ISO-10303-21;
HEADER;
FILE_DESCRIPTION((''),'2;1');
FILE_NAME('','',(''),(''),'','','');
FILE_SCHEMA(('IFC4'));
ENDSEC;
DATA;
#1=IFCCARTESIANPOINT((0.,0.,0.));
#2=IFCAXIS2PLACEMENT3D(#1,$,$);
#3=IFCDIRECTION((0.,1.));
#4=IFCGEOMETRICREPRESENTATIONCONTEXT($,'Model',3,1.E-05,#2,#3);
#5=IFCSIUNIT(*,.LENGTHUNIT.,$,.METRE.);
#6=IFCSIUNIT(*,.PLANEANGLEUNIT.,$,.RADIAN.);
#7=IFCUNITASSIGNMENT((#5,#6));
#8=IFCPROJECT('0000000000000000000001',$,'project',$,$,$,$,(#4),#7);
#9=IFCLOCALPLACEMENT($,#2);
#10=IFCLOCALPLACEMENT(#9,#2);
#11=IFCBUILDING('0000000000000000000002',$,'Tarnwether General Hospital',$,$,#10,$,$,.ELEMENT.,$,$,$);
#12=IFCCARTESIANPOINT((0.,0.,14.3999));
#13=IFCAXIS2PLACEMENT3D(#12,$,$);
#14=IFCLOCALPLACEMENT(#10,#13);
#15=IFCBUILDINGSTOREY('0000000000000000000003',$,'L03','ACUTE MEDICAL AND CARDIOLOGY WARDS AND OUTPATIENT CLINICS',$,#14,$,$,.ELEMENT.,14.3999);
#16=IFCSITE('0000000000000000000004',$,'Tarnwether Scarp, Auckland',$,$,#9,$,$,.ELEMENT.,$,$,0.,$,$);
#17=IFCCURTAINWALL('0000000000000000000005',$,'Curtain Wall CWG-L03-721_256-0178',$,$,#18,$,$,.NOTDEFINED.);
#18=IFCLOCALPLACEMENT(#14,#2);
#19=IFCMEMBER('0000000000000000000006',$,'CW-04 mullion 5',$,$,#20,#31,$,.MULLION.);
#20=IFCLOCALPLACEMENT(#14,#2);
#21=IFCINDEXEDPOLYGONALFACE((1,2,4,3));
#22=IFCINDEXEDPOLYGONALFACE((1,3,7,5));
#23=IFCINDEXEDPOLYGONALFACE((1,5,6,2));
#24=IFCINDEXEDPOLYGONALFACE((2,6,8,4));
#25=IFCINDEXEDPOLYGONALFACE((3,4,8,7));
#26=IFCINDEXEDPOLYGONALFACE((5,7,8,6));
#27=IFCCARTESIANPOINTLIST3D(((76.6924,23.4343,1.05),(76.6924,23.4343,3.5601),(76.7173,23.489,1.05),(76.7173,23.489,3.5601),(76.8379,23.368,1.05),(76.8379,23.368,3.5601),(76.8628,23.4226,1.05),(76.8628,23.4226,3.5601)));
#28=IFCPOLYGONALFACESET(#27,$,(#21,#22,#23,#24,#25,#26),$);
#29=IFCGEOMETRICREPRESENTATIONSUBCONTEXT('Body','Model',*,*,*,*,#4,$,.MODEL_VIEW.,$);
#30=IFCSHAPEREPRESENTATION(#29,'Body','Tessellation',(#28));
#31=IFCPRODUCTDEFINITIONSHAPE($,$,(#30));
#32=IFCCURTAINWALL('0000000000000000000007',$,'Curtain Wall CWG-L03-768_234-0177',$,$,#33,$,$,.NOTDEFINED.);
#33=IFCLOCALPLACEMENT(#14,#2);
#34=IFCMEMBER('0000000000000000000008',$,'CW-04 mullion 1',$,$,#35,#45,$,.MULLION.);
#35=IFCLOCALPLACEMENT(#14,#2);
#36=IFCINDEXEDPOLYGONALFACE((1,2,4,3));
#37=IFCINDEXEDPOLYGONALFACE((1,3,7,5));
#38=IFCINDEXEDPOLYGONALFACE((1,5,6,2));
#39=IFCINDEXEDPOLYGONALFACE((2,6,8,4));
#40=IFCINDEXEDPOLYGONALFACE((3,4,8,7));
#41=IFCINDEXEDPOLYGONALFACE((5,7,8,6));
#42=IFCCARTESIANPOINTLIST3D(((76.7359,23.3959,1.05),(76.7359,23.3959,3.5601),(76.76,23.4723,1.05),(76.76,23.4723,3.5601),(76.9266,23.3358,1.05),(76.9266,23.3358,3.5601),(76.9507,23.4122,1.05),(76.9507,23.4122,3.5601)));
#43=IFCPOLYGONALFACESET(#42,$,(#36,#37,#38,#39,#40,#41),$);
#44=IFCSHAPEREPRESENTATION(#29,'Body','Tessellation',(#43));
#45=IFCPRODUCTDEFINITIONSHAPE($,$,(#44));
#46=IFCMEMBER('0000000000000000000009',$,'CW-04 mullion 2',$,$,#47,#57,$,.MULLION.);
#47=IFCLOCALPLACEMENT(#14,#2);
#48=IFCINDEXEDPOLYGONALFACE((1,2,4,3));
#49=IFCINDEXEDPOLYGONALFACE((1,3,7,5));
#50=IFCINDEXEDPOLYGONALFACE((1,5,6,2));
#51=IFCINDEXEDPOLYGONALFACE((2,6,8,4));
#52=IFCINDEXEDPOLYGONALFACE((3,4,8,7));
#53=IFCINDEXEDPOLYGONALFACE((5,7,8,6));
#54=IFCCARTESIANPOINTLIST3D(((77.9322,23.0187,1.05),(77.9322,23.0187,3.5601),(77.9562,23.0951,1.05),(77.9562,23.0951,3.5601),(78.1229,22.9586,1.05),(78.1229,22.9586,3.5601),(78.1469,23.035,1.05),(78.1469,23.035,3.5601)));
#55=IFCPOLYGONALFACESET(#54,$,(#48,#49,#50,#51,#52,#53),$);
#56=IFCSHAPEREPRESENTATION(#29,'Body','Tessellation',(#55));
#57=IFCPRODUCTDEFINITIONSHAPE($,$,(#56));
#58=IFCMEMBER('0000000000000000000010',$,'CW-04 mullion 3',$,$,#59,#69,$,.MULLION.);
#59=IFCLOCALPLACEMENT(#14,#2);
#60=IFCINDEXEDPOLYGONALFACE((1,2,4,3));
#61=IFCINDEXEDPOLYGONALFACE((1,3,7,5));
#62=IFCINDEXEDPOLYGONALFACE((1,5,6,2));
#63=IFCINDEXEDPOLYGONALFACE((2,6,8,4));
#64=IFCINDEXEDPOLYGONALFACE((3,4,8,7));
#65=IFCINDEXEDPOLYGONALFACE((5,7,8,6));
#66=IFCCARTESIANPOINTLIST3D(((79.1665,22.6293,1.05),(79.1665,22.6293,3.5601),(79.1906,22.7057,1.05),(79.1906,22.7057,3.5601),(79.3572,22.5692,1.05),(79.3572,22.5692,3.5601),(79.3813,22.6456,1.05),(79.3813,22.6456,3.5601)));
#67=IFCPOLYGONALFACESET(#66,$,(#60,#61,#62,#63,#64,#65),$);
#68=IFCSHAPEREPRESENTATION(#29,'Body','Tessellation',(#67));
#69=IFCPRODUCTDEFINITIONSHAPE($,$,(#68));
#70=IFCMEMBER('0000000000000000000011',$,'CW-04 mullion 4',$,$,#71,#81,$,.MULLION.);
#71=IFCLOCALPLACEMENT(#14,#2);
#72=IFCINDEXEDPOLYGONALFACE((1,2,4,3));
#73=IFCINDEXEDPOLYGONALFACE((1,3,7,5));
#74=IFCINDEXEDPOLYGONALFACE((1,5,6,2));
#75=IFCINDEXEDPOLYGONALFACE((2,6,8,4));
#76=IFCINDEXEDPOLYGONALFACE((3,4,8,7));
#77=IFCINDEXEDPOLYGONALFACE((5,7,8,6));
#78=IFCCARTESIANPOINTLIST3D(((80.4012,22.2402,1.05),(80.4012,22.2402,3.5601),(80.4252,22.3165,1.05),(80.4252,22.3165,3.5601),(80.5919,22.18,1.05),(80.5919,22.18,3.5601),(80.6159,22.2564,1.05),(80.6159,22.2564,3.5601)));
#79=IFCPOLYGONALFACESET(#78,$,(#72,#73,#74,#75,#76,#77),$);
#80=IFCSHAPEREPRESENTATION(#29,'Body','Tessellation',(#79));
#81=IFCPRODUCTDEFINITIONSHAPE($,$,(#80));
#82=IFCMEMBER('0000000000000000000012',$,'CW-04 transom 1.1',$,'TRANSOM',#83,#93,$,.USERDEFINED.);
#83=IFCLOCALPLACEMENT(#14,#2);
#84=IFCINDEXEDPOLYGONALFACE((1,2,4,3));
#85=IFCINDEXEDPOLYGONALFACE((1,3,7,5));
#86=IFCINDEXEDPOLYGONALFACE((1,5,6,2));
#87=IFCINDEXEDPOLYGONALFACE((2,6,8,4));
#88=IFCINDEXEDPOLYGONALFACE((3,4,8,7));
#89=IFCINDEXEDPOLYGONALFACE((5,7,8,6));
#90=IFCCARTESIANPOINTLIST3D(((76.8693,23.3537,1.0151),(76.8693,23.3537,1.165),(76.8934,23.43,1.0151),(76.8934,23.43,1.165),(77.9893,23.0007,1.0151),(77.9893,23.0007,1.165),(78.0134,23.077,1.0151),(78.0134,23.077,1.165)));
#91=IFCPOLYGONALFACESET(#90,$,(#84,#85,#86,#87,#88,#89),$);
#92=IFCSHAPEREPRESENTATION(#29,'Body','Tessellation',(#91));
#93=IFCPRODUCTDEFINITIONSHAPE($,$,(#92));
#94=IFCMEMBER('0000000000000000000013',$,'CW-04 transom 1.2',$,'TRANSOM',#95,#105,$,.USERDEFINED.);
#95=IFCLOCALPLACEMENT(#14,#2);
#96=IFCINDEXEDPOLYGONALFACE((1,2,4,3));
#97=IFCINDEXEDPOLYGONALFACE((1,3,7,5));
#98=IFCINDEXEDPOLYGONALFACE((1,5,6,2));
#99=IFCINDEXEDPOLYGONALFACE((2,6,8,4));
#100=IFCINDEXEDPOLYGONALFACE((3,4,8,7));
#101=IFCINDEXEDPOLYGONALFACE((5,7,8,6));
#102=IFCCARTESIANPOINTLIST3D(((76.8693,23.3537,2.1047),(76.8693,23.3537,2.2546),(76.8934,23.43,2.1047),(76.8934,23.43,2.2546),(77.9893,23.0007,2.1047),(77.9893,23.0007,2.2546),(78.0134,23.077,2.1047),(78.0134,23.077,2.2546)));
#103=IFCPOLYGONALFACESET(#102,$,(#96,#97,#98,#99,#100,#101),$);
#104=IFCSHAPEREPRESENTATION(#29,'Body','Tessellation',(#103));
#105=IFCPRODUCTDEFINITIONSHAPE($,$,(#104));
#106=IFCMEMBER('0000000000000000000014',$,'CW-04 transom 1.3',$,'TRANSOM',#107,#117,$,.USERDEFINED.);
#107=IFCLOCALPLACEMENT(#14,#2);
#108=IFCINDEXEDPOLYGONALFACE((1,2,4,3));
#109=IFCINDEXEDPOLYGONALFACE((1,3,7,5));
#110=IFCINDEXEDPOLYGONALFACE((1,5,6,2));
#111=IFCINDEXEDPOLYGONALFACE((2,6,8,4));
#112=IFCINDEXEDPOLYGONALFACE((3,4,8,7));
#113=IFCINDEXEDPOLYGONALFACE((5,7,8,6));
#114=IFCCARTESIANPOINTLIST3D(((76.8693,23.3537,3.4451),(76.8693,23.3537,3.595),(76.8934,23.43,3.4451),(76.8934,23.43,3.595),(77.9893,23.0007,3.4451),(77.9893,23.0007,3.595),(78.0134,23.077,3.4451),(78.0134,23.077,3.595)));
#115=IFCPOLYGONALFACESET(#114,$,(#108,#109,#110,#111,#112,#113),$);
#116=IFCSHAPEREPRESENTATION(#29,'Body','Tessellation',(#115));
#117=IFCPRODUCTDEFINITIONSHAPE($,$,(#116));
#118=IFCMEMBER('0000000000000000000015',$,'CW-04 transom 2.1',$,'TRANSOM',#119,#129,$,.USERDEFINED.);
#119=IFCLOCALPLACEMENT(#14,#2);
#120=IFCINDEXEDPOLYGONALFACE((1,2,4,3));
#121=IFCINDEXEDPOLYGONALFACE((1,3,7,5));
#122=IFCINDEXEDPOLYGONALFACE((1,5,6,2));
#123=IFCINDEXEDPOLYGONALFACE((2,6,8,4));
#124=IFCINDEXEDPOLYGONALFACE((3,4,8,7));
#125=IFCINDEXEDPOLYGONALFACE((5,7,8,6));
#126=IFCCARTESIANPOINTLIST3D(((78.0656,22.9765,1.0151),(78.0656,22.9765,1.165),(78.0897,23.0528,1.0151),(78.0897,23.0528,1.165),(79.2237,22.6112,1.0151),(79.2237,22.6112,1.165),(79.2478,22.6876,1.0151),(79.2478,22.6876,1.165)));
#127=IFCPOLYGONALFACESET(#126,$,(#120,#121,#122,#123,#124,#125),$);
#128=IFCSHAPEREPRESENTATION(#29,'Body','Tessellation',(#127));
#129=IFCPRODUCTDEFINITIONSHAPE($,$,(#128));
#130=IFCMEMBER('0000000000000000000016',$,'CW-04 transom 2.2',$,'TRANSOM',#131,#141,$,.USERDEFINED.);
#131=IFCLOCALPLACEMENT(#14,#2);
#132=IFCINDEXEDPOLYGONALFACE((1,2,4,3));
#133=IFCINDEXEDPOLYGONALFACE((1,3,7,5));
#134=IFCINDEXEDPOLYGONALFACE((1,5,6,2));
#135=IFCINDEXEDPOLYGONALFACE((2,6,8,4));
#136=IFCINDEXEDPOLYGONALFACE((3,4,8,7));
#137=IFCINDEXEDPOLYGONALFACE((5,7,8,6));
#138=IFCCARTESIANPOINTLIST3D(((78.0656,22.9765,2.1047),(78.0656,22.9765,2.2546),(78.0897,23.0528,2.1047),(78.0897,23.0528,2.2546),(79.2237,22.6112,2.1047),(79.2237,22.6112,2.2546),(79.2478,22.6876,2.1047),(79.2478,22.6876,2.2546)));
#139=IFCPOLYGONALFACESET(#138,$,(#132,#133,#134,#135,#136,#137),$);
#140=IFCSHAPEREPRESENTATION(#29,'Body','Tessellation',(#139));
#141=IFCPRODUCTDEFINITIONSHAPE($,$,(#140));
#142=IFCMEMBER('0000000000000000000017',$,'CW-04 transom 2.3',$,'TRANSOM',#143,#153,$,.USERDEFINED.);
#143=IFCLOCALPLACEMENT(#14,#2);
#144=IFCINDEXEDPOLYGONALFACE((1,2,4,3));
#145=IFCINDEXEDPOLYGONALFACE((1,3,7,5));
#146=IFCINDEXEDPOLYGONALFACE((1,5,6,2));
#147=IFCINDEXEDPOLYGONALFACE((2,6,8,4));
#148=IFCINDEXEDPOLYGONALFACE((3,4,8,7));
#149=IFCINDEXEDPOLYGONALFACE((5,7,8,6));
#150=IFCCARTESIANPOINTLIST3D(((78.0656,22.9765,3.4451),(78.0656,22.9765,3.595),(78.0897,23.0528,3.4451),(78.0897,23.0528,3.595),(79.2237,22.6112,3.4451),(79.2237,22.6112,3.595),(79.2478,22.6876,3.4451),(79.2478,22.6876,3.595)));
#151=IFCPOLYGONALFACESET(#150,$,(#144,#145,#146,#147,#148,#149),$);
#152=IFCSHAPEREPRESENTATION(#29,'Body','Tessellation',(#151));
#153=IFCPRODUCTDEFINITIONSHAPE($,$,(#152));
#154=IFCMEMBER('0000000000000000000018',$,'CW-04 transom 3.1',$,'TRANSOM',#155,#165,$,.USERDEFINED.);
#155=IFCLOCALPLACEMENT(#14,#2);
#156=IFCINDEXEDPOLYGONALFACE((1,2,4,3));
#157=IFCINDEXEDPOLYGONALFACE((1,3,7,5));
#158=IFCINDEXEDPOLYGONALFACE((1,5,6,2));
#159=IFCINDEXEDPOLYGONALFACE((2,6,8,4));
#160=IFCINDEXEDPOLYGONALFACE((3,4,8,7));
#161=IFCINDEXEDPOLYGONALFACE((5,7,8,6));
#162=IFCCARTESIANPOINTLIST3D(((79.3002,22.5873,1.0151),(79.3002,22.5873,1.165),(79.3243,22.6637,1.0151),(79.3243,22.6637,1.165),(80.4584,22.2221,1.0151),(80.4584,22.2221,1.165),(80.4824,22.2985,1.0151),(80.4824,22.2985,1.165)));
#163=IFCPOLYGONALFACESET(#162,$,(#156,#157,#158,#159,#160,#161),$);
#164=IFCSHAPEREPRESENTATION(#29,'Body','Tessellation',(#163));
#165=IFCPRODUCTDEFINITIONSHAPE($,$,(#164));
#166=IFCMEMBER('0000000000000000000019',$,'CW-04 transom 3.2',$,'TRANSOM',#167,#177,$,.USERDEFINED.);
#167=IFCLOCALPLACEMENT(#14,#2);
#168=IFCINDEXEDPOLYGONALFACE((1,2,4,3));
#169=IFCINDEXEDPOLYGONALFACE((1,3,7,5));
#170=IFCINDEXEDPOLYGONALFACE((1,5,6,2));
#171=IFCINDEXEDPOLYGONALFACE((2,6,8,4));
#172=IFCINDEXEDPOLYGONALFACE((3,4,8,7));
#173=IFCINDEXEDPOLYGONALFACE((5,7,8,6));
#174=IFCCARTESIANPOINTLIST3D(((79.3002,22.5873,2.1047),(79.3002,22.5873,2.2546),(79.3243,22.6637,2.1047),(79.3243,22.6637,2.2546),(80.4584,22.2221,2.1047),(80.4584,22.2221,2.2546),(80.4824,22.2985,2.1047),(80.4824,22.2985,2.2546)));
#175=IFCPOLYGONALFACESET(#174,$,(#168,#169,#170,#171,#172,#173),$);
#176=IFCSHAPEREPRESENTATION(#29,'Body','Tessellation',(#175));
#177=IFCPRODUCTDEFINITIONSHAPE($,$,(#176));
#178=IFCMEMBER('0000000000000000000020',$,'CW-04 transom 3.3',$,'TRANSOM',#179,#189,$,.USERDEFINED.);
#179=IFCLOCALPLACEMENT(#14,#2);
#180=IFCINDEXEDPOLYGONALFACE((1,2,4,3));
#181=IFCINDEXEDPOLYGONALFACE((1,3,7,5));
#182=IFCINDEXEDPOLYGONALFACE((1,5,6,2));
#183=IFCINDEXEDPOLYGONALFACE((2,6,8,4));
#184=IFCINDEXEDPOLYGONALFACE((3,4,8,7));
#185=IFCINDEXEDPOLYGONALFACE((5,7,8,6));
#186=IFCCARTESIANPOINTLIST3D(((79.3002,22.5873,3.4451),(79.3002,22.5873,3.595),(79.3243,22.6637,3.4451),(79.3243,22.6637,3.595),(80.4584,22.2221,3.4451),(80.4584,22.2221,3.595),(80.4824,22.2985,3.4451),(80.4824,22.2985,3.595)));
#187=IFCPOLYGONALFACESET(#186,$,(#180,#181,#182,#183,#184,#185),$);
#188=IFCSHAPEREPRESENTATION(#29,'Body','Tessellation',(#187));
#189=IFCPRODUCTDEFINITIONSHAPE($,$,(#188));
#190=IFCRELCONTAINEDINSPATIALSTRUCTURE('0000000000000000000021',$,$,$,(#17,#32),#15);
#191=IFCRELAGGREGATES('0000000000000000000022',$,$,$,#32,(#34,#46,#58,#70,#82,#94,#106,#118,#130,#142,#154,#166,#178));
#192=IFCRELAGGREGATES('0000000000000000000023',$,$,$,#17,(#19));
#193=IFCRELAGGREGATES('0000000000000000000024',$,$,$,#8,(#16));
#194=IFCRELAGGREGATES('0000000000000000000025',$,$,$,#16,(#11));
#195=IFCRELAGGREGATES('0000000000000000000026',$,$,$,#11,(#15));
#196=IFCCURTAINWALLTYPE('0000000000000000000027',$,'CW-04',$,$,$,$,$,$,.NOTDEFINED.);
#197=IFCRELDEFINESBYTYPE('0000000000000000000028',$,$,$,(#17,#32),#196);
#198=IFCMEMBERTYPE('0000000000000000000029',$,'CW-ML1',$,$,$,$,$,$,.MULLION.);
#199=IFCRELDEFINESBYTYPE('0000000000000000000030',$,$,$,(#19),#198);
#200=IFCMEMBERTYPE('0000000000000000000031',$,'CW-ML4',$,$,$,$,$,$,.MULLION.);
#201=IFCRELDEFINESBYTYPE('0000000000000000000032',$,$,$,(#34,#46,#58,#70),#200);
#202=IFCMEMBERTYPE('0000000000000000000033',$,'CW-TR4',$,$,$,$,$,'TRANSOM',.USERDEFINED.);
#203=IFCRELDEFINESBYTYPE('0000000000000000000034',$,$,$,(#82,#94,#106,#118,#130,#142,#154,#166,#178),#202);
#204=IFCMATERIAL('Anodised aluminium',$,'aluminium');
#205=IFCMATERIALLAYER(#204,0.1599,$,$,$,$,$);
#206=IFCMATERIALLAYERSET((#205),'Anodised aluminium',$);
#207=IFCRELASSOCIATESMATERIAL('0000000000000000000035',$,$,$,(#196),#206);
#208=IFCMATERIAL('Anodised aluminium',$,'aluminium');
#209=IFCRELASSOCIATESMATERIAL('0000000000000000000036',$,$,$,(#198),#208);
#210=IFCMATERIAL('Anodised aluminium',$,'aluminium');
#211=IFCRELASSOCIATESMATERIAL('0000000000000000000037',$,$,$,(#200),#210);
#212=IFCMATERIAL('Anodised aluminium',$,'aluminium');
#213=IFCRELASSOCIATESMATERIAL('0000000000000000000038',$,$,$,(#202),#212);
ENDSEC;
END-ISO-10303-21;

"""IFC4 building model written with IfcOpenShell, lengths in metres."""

from ifc_helpers import new_model, si_unit, direction, frame, origin, origin_2d, place, context, subcontext, project, spatial, rectangle, extrude, material, layer, layer_set, material_profile, profile_set, type_object, element, aggregate, save


model = new_model("IFC4")

# Units and contexts
model_context = context("Model", 3, precision=1e-05, world=origin(), true_north=direction((0.0, 1.0)))
body_context = subcontext(model_context, "Body", "Model", "MODEL_VIEW")
ifc_project = project(units=[si_unit("LENGTHUNIT", "METRE"), si_unit("PLANEANGLEUNIT", "RADIAN")], contexts=[model_context])

# Site, building, storey
site_placement = place(None, origin())
site = spatial("IfcSite", under=ifc_project, at=site_placement, Name="Tarnwether Scarp, Auckland", CompositionType="ELEMENT", RefElevation=0.0)
building_placement = place(site_placement, origin())
building = spatial("IfcBuilding", under=site, at=building_placement, Name="Tarnwether General Hospital", CompositionType="ELEMENT")
storey_placement = place(building_placement, frame((0.0, 0.0, 14.3999)))
storey = spatial("IfcBuildingStorey", under=building, at=storey_placement, Name="L03", Description="ACUTE MEDICAL AND CARDIOLOGY WARDS AND OUTPATIENT CLINICS", CompositionType="ELEMENT", Elevation=14.3999)

# Curtain wall, member
ifc_material_1 = material(Name="Anodised aluminium", Category="aluminium")
ifc_layer_1 = layer(ifc_material_1, 0.1599)
ifc_layer_set_1 = layer_set([ifc_layer_1], Name="Anodised aluminium")
curtain_wall_type = type_object("IfcCurtainWallType", Name="CW-04", PredefinedType="NOTDEFINED", material=ifc_layer_set_1)
curtain_wall_1_placement = place(storey_placement, origin())
curtain_wall_1 = element("IfcCurtainWall", 1, at=curtain_wall_1_placement, inside=storey, type_object=curtain_wall_type, Name="Curtain Wall CWG-L03-721_256-0178", PredefinedType="NOTDEFINED")
ifc_material_2 = material(Name="Anodised aluminium", Category="aluminium")
ifc_material_profile_1 = material_profile(ifc_material_2, rectangle(XDim=0.0601, YDim=0.1599, at=origin_2d()), Name="ALU-MUL-60x160")
ifc_profile_set_1 = profile_set([ifc_material_profile_1], Name="Anodised aluminium")
member_type_1 = type_object("IfcMemberType", Name="CW-ML1", PredefinedType="MULLION", material=ifc_profile_set_1)
member_1_placement = place(storey_placement, frame((76.7776, 23.4285, 1.05), z_axis=(0.0, 0.0, 1.0), x_axis=(0.414705, 0.909956, 0.0)))
member_1 = element("IfcMember", 2, at=member_1_placement, type_object=member_type_1, Name="CW-04 mullion 5", PredefinedType="MULLION", context=body_context, shape_type="SweptSolid", body=[
    extrude(rectangle(XDim=0.0601, YDim=0.1599, at=origin_2d()), origin(), (0.0, 0.0, 1.0), 2.51),
])

# Curtain wall, members
curtain_wall_2_placement = place(storey_placement, origin())
curtain_wall_2 = element("IfcCurtainWall", 3, at=curtain_wall_2_placement, inside=storey, type_object=curtain_wall_type, Name="Curtain Wall CWG-L03-768_234-0177", PredefinedType="NOTDEFINED")
ifc_material_3 = material(Name="Anodised aluminium", Category="aluminium")
ifc_material_profile_2 = material_profile(ifc_material_3, rectangle(XDim=0.0801, YDim=0.2, at=origin_2d()), Name="ALU-MUL-80x200")
ifc_profile_set_2 = profile_set([ifc_material_profile_2], Name="Anodised aluminium")
member_type_2 = type_object("IfcMemberType", Name="CW-ML4", PredefinedType="MULLION", material=ifc_profile_set_2)
member_2_placement = place(storey_placement, frame((76.8433, 23.4041, 1.05), z_axis=(0.0, 0.0, 1.0), x_axis=(0.300715, 0.953714, 0.0)))
member_2 = element("IfcMember", 4, at=member_2_placement, type_object=member_type_2, Name="CW-04 mullion 1", PredefinedType="MULLION", context=body_context, shape_type="SweptSolid", body=[
    extrude(rectangle(XDim=0.0801, YDim=0.2, at=origin_2d()), origin(), (0.0, 0.0, 1.0), 2.51),
])
member_3_placement = place(storey_placement, frame((78.0396, 23.0269, 1.05), z_axis=(0.0, 0.0, 1.0), x_axis=(0.300715, 0.953714, 0.0)))
member_3 = element("IfcMember", 5, at=member_3_placement, type_object=member_type_2, Name="CW-04 mullion 2", PredefinedType="MULLION", context=body_context, shape_type="SweptSolid", body=[
    extrude(rectangle(XDim=0.0801, YDim=0.2, at=origin_2d()), origin(), (0.0, 0.0, 1.0), 2.51),
])
member_4_placement = place(storey_placement, frame((79.2739, 22.6375, 1.05), z_axis=(0.0, 0.0, 1.0), x_axis=(0.300715, 0.953714, 0.0)))
member_4 = element("IfcMember", 6, at=member_4_placement, type_object=member_type_2, Name="CW-04 mullion 3", PredefinedType="MULLION", context=body_context, shape_type="SweptSolid", body=[
    extrude(rectangle(XDim=0.0801, YDim=0.2, at=origin_2d()), origin(), (0.0, 0.0, 1.0), 2.51),
])
member_5_placement = place(storey_placement, frame((80.5085, 22.2483, 1.05), z_axis=(0.0, 0.0, 1.0), x_axis=(0.300715, 0.953714, 0.0)))
member_5 = element("IfcMember", 7, at=member_5_placement, type_object=member_type_2, Name="CW-04 mullion 4", PredefinedType="MULLION", context=body_context, shape_type="SweptSolid", body=[
    extrude(rectangle(XDim=0.0801, YDim=0.2, at=origin_2d()), origin(), (0.0, 0.0, 1.0), 2.51),
])
ifc_material_4 = material(Name="Anodised aluminium", Category="aluminium")
ifc_material_profile_3 = material_profile(ifc_material_4, rectangle(XDim=0.0801, YDim=0.1499, at=origin_2d()), Name="ALU-TRN-80x150")
ifc_profile_set_3 = profile_set([ifc_material_profile_3], Name="Anodised aluminium")
member_type_3 = type_object("IfcMemberType", Name="CW-TR4", ElementType="TRANSOM", PredefinedType="USERDEFINED", material=ifc_profile_set_3)
member_6_placement = place(storey_placement, frame((76.8813, 23.3918, 1.0901), z_axis=(0.953752, -0.300594, 0.0), x_axis=(0.300594, 0.953752, 0.0)))
member_6 = element("IfcMember", 8, at=member_6_placement, type_object=member_type_3, Name="CW-04 transom 1.1", ObjectType="TRANSOM", PredefinedType="USERDEFINED", context=body_context, shape_type="SweptSolid", body=[
    extrude(rectangle(XDim=0.0801, YDim=0.1499, at=origin_2d()), origin(), (0.0, 0.0, 1.0), 1.1743),
])
member_7_placement = place(storey_placement, frame((76.8813, 23.3918, 2.1797), z_axis=(0.953752, -0.300594, 0.0), x_axis=(0.300594, 0.953752, 0.0)))
member_7 = element("IfcMember", 9, at=member_7_placement, type_object=member_type_3, Name="CW-04 transom 1.2", ObjectType="TRANSOM", PredefinedType="USERDEFINED", context=body_context, shape_type="SweptSolid", body=[
    extrude(rectangle(XDim=0.0801, YDim=0.1499, at=origin_2d()), origin(), (0.0, 0.0, 1.0), 1.1743),
])
member_8_placement = place(storey_placement, frame((76.8813, 23.3918, 3.52), z_axis=(0.953752, -0.300594, 0.0), x_axis=(0.300594, 0.953752, 0.0)))
member_8 = element("IfcMember", 10, at=member_8_placement, type_object=member_type_3, Name="CW-04 transom 1.3", ObjectType="TRANSOM", PredefinedType="USERDEFINED", context=body_context, shape_type="SweptSolid", body=[
    extrude(rectangle(XDim=0.0801, YDim=0.1499, at=origin_2d()), origin(), (0.0, 0.0, 1.0), 1.1743),
])
member_9_placement = place(storey_placement, frame((78.0776, 23.0146, 1.0901), z_axis=(0.953704, -0.300746, 0.0), x_axis=(0.300746, 0.953704, 0.0)))
member_9 = element("IfcMember", 11, at=member_9_placement, type_object=member_type_3, Name="CW-04 transom 2.1", ObjectType="TRANSOM", PredefinedType="USERDEFINED", context=body_context, shape_type="SweptSolid", body=[
    extrude(rectangle(XDim=0.0801, YDim=0.1499, at=origin_2d()), origin(), (0.0, 0.0, 1.0), 1.2144),
])
member_10_placement = place(storey_placement, frame((78.0776, 23.0146, 2.1797), z_axis=(0.953704, -0.300746, 0.0), x_axis=(0.300746, 0.953704, 0.0)))
member_10 = element("IfcMember", 12, at=member_10_placement, type_object=member_type_3, Name="CW-04 transom 2.2", ObjectType="TRANSOM", PredefinedType="USERDEFINED", context=body_context, shape_type="SweptSolid", body=[
    extrude(rectangle(XDim=0.0801, YDim=0.1499, at=origin_2d()), origin(), (0.0, 0.0, 1.0), 1.2144),
])
member_11_placement = place(storey_placement, frame((78.0776, 23.0146, 3.52), z_axis=(0.953704, -0.300746, 0.0), x_axis=(0.300746, 0.953704, 0.0)))
member_11 = element("IfcMember", 13, at=member_11_placement, type_object=member_type_3, Name="CW-04 transom 2.3", ObjectType="TRANSOM", PredefinedType="USERDEFINED", context=body_context, shape_type="SweptSolid", body=[
    extrude(rectangle(XDim=0.0801, YDim=0.1499, at=origin_2d()), origin(), (0.0, 0.0, 1.0), 1.2144),
])
member_12_placement = place(storey_placement, frame((79.3123, 22.6255, 1.0901), z_axis=(0.953704, -0.300746, 0.0), x_axis=(0.300746, 0.953704, 0.0)))
member_12 = element("IfcMember", 14, at=member_12_placement, type_object=member_type_3, Name="CW-04 transom 3.1", ObjectType="TRANSOM", PredefinedType="USERDEFINED", context=body_context, shape_type="SweptSolid", body=[
    extrude(rectangle(XDim=0.0801, YDim=0.1499, at=origin_2d()), origin(), (0.0, 0.0, 1.0), 1.2144),
])
member_13_placement = place(storey_placement, frame((79.3123, 22.6255, 2.1797), z_axis=(0.953704, -0.300746, 0.0), x_axis=(0.300746, 0.953704, 0.0)))
member_13 = element("IfcMember", 15, at=member_13_placement, type_object=member_type_3, Name="CW-04 transom 3.2", ObjectType="TRANSOM", PredefinedType="USERDEFINED", context=body_context, shape_type="SweptSolid", body=[
    extrude(rectangle(XDim=0.0801, YDim=0.1499, at=origin_2d()), origin(), (0.0, 0.0, 1.0), 1.2144),
])
member_14_placement = place(storey_placement, frame((79.3123, 22.6255, 3.52), z_axis=(0.953704, -0.300746, 0.0), x_axis=(0.300746, 0.953704, 0.0)))
member_14 = element("IfcMember", 16, at=member_14_placement, type_object=member_type_3, Name="CW-04 transom 3.3", ObjectType="TRANSOM", PredefinedType="USERDEFINED", context=body_context, shape_type="SweptSolid", body=[
    extrude(rectangle(XDim=0.0801, YDim=0.1499, at=origin_2d()), origin(), (0.0, 0.0, 1.0), 1.2144),
])
aggregate(curtain_wall_2, [member_2, member_3, member_4, member_5, member_6, member_7, member_8, member_9, member_10, member_11, member_12, member_13, member_14])

aggregate(curtain_wall_1, [member_1])

save(model, "model.ifc")
